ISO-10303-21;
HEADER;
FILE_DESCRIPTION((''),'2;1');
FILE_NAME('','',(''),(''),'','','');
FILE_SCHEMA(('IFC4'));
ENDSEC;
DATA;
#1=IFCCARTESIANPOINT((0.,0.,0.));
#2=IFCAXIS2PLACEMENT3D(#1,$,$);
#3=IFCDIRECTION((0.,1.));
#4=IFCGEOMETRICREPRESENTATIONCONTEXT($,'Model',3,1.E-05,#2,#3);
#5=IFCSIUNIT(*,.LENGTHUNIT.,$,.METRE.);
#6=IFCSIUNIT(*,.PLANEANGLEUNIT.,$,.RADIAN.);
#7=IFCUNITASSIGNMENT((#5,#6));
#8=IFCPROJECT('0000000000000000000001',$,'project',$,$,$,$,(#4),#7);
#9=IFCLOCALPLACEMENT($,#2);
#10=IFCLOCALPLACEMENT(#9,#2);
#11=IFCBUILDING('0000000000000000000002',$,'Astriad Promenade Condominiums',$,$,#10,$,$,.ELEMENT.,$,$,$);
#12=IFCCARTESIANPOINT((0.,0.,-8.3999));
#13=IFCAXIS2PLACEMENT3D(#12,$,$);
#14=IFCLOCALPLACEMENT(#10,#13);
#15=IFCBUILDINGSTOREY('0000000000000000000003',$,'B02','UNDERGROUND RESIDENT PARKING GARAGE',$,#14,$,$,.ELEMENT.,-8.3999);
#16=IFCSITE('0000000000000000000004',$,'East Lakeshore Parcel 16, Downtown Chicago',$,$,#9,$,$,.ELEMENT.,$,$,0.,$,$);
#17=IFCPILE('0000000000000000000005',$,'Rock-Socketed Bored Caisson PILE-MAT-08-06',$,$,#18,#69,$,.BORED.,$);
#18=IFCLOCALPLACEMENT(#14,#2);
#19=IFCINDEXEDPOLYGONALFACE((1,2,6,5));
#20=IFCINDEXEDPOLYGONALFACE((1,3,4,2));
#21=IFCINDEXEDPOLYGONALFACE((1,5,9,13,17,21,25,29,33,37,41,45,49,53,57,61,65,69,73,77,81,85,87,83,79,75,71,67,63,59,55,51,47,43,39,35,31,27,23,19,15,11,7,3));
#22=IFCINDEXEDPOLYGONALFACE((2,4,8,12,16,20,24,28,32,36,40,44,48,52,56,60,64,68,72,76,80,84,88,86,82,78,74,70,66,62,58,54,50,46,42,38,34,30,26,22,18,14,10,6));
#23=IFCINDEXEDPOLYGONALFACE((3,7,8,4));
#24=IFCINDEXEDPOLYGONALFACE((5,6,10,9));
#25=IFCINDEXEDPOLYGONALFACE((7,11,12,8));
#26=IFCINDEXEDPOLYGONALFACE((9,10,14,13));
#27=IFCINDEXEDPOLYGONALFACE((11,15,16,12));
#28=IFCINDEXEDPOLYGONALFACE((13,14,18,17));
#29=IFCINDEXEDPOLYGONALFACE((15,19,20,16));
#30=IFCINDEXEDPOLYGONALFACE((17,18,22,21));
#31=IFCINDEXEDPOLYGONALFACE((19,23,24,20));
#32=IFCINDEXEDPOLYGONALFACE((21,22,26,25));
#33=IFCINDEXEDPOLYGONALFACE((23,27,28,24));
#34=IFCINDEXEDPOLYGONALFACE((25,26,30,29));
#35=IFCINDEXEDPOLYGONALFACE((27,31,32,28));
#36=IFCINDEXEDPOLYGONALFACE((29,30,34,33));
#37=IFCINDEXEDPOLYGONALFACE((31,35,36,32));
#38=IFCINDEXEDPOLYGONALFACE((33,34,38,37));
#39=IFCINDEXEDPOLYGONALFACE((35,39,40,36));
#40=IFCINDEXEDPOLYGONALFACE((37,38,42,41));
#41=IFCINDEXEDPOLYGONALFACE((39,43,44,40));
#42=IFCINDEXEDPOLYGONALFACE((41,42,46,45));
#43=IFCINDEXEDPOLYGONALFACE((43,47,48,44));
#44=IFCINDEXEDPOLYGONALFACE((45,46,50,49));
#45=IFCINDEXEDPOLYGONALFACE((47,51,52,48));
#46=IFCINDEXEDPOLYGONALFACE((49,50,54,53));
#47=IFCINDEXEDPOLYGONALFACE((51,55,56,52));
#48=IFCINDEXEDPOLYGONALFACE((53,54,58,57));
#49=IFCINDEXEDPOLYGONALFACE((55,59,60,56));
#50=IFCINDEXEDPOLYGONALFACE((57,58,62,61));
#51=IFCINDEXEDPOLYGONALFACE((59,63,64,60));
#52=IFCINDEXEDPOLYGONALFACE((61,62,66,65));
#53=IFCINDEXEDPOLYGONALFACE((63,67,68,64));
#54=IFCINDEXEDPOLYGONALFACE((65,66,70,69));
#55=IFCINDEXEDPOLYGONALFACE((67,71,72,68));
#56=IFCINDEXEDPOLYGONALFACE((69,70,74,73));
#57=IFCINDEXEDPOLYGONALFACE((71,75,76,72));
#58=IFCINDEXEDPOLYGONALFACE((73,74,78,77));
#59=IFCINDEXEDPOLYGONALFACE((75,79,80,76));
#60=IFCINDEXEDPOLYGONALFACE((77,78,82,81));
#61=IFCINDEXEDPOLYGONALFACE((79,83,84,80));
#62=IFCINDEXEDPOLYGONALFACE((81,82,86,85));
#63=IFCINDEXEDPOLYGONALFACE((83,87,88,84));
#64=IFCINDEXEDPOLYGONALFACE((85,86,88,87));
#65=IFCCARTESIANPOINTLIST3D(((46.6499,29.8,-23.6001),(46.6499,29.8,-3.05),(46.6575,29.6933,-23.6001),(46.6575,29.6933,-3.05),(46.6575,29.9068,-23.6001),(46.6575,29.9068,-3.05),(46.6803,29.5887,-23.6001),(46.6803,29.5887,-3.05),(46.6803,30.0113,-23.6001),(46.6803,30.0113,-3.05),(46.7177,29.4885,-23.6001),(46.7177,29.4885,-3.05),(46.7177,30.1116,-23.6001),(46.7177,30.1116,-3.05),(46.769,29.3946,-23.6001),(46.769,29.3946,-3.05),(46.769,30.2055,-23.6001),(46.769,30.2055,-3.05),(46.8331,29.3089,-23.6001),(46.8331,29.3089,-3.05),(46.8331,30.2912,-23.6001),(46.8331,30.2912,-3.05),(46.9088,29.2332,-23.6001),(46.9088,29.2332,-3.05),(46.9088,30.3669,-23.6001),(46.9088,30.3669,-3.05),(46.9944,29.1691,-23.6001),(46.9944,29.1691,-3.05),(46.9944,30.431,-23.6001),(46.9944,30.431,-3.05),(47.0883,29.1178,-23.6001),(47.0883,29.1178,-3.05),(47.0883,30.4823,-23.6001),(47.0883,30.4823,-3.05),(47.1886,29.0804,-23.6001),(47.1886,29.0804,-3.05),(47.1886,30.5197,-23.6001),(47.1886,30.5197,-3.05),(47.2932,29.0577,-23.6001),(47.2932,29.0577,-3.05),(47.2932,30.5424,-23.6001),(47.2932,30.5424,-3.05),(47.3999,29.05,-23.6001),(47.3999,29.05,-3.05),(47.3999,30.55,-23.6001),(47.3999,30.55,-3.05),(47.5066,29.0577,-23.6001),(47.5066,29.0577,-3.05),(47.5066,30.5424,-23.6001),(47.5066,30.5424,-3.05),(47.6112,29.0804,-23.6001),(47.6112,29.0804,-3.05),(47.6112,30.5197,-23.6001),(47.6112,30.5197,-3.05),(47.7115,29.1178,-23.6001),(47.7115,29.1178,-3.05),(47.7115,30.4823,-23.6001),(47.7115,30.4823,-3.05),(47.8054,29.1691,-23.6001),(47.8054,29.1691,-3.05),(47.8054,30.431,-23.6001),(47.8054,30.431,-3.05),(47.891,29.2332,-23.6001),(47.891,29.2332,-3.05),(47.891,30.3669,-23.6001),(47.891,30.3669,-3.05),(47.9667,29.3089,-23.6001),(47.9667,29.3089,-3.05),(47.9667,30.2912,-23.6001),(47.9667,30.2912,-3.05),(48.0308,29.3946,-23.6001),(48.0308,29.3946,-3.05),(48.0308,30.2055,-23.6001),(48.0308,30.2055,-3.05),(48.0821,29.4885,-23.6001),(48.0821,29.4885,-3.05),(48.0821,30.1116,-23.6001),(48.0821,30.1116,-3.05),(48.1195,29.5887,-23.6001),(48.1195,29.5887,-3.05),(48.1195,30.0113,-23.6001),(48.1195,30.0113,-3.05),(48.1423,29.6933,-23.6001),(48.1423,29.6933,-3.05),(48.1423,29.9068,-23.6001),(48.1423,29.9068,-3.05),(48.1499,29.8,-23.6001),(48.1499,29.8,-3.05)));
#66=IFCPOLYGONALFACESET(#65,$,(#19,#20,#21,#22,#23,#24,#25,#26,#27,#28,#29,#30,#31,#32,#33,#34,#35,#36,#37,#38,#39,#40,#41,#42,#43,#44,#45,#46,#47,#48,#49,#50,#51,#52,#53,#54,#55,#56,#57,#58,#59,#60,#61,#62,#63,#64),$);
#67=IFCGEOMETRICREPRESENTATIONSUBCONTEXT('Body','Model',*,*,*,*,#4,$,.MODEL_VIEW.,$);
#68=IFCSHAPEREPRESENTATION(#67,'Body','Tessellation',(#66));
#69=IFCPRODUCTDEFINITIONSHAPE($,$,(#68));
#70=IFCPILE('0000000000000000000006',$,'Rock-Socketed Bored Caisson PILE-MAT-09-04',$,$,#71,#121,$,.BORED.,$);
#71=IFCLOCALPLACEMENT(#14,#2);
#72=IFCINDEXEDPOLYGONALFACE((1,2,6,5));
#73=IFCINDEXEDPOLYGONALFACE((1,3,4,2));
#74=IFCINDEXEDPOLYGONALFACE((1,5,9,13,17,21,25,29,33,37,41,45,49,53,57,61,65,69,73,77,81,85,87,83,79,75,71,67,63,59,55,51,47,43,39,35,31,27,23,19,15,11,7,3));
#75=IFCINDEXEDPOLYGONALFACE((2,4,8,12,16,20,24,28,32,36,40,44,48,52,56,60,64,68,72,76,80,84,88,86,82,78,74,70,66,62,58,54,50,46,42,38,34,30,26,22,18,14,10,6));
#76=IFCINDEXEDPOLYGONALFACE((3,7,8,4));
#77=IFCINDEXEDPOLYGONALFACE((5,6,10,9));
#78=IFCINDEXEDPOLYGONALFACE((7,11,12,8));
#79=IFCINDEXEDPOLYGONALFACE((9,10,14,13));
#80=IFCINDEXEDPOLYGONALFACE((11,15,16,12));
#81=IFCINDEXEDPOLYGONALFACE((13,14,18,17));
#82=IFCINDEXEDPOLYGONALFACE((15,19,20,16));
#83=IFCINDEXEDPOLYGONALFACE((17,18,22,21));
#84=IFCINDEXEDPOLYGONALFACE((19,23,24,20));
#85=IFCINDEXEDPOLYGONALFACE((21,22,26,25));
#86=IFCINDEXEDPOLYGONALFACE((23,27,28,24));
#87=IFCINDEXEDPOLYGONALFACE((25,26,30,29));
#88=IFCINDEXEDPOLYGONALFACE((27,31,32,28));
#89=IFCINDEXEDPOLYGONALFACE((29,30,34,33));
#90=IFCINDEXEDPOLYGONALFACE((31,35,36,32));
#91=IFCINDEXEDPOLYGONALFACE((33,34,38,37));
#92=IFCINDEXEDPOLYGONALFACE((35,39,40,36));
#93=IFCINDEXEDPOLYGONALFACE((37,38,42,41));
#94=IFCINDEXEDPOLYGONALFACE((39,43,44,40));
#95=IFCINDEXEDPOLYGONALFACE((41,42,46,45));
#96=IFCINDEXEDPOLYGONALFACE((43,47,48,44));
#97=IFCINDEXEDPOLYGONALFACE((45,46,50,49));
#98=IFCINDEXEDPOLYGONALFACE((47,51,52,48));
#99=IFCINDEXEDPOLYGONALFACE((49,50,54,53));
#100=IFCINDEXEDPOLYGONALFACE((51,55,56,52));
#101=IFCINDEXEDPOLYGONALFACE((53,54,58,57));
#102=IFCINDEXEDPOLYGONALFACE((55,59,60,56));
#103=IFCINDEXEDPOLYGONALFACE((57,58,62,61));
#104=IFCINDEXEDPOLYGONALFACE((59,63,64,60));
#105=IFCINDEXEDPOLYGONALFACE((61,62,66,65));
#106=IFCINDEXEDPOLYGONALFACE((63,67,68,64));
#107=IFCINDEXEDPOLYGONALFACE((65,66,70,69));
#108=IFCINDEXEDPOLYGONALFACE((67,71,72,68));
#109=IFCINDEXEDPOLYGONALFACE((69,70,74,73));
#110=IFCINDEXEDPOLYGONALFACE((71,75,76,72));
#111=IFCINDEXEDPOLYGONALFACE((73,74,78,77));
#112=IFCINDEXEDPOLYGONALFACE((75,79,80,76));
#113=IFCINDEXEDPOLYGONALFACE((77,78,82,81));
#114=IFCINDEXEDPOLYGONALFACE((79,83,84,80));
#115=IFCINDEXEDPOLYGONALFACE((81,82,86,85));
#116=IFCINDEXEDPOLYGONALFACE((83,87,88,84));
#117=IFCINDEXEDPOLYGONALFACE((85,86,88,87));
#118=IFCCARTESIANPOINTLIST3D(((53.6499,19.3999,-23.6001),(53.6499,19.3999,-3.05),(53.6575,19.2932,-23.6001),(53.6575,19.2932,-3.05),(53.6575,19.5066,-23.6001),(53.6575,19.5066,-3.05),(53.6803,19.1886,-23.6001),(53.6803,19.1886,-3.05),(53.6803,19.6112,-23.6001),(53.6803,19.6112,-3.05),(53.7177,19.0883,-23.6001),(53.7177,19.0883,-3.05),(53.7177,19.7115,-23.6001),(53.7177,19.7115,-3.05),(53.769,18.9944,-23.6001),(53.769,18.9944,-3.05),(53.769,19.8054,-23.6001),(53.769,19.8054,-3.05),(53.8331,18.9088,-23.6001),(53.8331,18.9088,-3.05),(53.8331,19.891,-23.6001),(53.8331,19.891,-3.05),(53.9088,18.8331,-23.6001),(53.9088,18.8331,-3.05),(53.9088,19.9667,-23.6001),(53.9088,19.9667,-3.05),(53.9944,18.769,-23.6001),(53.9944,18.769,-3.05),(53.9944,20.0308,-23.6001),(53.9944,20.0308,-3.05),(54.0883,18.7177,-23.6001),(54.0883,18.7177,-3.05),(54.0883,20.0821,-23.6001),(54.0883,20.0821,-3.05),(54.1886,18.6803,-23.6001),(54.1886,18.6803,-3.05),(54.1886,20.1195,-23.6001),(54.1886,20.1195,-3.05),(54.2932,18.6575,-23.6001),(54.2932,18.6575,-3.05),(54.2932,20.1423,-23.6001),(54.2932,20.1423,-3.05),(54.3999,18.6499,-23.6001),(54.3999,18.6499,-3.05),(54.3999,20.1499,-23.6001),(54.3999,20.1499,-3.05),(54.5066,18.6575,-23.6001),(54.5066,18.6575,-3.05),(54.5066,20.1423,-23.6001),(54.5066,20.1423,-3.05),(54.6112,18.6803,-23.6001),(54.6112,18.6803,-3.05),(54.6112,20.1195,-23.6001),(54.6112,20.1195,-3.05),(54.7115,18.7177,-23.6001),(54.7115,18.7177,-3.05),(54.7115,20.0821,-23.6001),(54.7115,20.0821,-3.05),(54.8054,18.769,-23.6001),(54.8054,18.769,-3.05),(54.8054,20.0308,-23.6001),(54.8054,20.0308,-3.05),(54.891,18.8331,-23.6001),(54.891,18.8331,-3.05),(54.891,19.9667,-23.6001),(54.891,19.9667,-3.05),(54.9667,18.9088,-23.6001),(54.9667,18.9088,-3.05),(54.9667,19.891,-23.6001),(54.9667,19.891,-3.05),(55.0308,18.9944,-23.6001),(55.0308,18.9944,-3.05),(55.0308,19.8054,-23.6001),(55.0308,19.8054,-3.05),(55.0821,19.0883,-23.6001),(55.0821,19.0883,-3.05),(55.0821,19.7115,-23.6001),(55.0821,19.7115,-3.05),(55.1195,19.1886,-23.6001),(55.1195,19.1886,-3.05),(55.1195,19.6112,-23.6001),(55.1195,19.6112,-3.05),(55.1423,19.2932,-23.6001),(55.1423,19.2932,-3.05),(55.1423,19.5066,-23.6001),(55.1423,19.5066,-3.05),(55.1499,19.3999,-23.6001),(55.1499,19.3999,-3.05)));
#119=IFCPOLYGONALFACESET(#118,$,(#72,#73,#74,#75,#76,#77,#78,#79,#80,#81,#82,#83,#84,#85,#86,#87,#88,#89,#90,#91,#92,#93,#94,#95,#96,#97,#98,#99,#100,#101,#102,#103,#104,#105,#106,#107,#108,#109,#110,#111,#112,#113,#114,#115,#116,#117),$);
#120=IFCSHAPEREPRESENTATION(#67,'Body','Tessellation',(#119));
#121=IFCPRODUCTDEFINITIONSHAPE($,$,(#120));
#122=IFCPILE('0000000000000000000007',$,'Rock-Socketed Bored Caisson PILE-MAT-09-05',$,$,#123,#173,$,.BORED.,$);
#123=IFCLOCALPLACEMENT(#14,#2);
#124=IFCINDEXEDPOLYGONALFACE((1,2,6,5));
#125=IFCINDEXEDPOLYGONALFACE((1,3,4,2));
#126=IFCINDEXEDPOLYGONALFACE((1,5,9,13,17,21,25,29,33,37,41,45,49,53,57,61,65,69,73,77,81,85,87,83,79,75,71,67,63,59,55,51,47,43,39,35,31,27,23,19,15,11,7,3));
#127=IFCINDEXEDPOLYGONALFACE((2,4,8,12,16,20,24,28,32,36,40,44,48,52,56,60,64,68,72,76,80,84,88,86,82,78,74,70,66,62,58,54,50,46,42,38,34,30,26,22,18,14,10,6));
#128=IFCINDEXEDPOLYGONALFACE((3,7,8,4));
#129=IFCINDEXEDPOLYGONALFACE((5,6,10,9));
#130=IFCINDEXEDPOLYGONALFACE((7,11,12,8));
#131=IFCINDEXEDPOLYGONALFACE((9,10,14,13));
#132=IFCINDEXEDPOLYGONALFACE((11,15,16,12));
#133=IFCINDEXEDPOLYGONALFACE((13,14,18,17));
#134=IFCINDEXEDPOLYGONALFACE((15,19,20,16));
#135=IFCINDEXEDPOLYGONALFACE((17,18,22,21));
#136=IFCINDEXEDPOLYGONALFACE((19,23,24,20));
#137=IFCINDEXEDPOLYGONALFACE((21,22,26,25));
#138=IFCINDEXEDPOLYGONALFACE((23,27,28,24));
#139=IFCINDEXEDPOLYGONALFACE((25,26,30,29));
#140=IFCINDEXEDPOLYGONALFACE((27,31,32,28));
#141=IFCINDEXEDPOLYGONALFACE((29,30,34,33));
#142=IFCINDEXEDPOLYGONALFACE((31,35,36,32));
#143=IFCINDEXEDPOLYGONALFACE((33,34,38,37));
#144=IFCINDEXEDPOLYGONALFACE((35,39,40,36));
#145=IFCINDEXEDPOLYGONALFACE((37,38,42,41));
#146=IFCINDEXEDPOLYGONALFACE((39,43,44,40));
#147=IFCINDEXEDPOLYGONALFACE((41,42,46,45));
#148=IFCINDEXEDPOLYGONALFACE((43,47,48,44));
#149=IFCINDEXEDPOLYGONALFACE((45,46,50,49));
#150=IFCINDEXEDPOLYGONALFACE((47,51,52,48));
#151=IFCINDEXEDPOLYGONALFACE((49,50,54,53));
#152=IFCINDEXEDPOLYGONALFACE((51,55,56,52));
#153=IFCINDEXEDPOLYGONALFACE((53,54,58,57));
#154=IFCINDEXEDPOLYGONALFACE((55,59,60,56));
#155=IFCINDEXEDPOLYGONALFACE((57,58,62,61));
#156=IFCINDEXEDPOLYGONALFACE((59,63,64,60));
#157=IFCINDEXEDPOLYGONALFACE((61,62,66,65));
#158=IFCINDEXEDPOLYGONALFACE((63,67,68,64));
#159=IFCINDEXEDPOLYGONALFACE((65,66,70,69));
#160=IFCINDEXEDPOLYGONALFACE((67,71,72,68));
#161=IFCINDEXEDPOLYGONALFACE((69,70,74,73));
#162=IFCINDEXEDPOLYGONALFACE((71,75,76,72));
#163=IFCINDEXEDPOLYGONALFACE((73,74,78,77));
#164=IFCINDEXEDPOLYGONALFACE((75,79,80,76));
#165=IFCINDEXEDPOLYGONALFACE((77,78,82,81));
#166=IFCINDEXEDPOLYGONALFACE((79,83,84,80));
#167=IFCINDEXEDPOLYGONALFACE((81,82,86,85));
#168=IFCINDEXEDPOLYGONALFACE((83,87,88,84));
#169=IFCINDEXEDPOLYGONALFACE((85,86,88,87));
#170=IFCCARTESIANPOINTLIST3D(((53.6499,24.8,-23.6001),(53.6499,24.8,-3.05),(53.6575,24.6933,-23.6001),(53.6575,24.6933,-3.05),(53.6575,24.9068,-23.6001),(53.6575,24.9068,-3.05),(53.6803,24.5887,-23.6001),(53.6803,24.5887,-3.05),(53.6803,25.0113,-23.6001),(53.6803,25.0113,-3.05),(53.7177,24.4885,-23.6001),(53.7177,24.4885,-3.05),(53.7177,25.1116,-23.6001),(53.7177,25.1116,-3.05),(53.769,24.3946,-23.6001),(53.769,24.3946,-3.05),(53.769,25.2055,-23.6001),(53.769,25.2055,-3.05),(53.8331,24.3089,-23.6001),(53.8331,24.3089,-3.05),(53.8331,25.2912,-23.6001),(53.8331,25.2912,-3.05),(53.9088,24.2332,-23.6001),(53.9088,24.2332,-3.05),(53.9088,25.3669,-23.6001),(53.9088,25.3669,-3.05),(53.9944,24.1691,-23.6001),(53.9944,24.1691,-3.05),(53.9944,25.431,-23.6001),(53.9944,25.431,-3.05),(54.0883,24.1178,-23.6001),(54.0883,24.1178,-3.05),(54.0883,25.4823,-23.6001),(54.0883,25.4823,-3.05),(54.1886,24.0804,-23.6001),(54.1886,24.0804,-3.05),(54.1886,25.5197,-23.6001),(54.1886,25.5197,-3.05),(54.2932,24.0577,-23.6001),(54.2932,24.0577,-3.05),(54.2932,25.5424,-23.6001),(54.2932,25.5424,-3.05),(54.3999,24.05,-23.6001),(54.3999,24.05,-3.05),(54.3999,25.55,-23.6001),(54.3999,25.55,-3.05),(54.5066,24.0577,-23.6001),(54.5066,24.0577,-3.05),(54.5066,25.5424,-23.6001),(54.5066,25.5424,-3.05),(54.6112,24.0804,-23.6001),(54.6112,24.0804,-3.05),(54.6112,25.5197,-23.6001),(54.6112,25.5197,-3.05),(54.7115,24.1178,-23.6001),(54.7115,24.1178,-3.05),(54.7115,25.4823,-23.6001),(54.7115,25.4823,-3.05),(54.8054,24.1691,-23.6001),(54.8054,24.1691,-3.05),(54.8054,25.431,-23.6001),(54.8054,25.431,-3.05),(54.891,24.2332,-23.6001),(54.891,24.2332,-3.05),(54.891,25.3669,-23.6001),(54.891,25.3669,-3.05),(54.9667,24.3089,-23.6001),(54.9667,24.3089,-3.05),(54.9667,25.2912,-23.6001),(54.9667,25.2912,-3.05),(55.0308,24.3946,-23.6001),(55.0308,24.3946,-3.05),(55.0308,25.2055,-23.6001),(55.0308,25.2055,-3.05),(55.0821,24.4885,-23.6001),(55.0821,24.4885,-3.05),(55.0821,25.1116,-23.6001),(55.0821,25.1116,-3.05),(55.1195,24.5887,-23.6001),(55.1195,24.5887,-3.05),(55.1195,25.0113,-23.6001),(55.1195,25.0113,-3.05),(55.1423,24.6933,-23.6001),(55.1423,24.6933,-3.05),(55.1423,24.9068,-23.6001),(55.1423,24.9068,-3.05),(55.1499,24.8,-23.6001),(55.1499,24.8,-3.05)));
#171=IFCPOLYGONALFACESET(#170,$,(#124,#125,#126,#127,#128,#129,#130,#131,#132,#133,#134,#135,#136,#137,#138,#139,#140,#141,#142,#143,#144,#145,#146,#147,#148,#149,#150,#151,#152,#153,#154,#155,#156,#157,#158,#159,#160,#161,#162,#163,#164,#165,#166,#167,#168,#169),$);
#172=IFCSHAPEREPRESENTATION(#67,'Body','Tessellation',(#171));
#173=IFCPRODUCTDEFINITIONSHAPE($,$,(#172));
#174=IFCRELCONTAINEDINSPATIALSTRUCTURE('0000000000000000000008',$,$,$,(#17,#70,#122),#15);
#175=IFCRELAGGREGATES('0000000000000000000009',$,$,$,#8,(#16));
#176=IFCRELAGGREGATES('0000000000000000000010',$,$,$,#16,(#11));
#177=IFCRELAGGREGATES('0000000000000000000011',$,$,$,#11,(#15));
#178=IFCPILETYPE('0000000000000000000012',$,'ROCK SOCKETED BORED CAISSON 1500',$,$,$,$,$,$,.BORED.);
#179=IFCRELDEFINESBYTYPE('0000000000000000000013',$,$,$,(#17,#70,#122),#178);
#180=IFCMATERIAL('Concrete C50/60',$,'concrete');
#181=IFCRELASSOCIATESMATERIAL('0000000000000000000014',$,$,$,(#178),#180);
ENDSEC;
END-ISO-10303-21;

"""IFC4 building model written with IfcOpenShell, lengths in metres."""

from ifc_helpers import new_model, si_unit, direction, frame, origin, origin_2d, place, context, subcontext, project, spatial, circle, extrude, source, transform, mapped, material, material_profile, profile_set, type_object, type_shapes, element, save


model = new_model("IFC4")

# Units and contexts
model_context = context("Model", 3, precision=1e-05, world=origin(), true_north=direction((0.0, 1.0)))
body_context = subcontext(model_context, "Body", "Model", "MODEL_VIEW")
ifc_project = project(units=[si_unit("LENGTHUNIT", "METRE"), si_unit("PLANEANGLEUNIT", "RADIAN")], contexts=[model_context])

# Site, building, storey
site_placement = place(None, origin())
site = spatial("IfcSite", under=ifc_project, at=site_placement, Name="East Lakeshore Parcel 16, Downtown Chicago", CompositionType="ELEMENT", RefElevation=0.0)
building_placement = place(site_placement, origin())
building = spatial("IfcBuilding", under=site, at=building_placement, Name="Astriad Promenade Condominiums", CompositionType="ELEMENT")
storey_placement = place(building_placement, frame((0.0, 0.0, -8.3999)))
storey = spatial("IfcBuildingStorey", under=building, at=storey_placement, Name="B02", Description="UNDERGROUND RESIDENT PARKING GARAGE", CompositionType="ELEMENT", Elevation=-8.3999)

# Piles
ifc_material_1 = material(Name="Concrete C50/60", Category="concrete")
ifc_material_profile_1 = material_profile(ifc_material_1, circle(Radius=0.75, at=origin_2d()), Name="CAISSON-D1500")
ifc_profile_set_1 = profile_set([ifc_material_profile_1], Name="Concrete C50/60")
pile_type_1 = type_object("IfcPileType", Name="ROCK SOCKETED BORED CAISSON 1500", PredefinedType="BORED", material=ifc_profile_set_1)
shared_shape_1 = source(origin(), body_context, "Body", "SweptSolid", [
    extrude(circle(Radius=0.75, at=origin_2d()), origin(), (0.0, 0.0, 1.0), 20.55),
])
type_shapes(pile_type_1, [shared_shape_1])
for number, where, z_axis, x_axis, name in (
    (1, (47.3999, 29.8, -3.05), (0.0, 0.0, -1.0), (1.0, 0.0, 0.0), "Rock-Socketed Bored Caisson PILE-MAT-08-06"),
    (2, (54.3999, 19.3999, -3.05), (0.0, 0.0, -1.0), (1.0, 0.0, 0.0), "Rock-Socketed Bored Caisson PILE-MAT-09-04"),
    (3, (54.3999, 24.8, -3.05), (0.0, 0.0, -1.0), (1.0, 0.0, 0.0), "Rock-Socketed Bored Caisson PILE-MAT-09-05"),
):
    element("IfcPile", number, at=place(storey_placement, frame(where, z_axis=z_axis, x_axis=x_axis)), inside=storey, type_object=pile_type_1, Name=name, PredefinedType="BORED", context=body_context, shape_type="MappedRepresentation", body=[
        mapped(shared_shape_1, transform((0.0, 0.0, 0.0), scale=1.0)),
    ])

save(model, "model.ifc")
